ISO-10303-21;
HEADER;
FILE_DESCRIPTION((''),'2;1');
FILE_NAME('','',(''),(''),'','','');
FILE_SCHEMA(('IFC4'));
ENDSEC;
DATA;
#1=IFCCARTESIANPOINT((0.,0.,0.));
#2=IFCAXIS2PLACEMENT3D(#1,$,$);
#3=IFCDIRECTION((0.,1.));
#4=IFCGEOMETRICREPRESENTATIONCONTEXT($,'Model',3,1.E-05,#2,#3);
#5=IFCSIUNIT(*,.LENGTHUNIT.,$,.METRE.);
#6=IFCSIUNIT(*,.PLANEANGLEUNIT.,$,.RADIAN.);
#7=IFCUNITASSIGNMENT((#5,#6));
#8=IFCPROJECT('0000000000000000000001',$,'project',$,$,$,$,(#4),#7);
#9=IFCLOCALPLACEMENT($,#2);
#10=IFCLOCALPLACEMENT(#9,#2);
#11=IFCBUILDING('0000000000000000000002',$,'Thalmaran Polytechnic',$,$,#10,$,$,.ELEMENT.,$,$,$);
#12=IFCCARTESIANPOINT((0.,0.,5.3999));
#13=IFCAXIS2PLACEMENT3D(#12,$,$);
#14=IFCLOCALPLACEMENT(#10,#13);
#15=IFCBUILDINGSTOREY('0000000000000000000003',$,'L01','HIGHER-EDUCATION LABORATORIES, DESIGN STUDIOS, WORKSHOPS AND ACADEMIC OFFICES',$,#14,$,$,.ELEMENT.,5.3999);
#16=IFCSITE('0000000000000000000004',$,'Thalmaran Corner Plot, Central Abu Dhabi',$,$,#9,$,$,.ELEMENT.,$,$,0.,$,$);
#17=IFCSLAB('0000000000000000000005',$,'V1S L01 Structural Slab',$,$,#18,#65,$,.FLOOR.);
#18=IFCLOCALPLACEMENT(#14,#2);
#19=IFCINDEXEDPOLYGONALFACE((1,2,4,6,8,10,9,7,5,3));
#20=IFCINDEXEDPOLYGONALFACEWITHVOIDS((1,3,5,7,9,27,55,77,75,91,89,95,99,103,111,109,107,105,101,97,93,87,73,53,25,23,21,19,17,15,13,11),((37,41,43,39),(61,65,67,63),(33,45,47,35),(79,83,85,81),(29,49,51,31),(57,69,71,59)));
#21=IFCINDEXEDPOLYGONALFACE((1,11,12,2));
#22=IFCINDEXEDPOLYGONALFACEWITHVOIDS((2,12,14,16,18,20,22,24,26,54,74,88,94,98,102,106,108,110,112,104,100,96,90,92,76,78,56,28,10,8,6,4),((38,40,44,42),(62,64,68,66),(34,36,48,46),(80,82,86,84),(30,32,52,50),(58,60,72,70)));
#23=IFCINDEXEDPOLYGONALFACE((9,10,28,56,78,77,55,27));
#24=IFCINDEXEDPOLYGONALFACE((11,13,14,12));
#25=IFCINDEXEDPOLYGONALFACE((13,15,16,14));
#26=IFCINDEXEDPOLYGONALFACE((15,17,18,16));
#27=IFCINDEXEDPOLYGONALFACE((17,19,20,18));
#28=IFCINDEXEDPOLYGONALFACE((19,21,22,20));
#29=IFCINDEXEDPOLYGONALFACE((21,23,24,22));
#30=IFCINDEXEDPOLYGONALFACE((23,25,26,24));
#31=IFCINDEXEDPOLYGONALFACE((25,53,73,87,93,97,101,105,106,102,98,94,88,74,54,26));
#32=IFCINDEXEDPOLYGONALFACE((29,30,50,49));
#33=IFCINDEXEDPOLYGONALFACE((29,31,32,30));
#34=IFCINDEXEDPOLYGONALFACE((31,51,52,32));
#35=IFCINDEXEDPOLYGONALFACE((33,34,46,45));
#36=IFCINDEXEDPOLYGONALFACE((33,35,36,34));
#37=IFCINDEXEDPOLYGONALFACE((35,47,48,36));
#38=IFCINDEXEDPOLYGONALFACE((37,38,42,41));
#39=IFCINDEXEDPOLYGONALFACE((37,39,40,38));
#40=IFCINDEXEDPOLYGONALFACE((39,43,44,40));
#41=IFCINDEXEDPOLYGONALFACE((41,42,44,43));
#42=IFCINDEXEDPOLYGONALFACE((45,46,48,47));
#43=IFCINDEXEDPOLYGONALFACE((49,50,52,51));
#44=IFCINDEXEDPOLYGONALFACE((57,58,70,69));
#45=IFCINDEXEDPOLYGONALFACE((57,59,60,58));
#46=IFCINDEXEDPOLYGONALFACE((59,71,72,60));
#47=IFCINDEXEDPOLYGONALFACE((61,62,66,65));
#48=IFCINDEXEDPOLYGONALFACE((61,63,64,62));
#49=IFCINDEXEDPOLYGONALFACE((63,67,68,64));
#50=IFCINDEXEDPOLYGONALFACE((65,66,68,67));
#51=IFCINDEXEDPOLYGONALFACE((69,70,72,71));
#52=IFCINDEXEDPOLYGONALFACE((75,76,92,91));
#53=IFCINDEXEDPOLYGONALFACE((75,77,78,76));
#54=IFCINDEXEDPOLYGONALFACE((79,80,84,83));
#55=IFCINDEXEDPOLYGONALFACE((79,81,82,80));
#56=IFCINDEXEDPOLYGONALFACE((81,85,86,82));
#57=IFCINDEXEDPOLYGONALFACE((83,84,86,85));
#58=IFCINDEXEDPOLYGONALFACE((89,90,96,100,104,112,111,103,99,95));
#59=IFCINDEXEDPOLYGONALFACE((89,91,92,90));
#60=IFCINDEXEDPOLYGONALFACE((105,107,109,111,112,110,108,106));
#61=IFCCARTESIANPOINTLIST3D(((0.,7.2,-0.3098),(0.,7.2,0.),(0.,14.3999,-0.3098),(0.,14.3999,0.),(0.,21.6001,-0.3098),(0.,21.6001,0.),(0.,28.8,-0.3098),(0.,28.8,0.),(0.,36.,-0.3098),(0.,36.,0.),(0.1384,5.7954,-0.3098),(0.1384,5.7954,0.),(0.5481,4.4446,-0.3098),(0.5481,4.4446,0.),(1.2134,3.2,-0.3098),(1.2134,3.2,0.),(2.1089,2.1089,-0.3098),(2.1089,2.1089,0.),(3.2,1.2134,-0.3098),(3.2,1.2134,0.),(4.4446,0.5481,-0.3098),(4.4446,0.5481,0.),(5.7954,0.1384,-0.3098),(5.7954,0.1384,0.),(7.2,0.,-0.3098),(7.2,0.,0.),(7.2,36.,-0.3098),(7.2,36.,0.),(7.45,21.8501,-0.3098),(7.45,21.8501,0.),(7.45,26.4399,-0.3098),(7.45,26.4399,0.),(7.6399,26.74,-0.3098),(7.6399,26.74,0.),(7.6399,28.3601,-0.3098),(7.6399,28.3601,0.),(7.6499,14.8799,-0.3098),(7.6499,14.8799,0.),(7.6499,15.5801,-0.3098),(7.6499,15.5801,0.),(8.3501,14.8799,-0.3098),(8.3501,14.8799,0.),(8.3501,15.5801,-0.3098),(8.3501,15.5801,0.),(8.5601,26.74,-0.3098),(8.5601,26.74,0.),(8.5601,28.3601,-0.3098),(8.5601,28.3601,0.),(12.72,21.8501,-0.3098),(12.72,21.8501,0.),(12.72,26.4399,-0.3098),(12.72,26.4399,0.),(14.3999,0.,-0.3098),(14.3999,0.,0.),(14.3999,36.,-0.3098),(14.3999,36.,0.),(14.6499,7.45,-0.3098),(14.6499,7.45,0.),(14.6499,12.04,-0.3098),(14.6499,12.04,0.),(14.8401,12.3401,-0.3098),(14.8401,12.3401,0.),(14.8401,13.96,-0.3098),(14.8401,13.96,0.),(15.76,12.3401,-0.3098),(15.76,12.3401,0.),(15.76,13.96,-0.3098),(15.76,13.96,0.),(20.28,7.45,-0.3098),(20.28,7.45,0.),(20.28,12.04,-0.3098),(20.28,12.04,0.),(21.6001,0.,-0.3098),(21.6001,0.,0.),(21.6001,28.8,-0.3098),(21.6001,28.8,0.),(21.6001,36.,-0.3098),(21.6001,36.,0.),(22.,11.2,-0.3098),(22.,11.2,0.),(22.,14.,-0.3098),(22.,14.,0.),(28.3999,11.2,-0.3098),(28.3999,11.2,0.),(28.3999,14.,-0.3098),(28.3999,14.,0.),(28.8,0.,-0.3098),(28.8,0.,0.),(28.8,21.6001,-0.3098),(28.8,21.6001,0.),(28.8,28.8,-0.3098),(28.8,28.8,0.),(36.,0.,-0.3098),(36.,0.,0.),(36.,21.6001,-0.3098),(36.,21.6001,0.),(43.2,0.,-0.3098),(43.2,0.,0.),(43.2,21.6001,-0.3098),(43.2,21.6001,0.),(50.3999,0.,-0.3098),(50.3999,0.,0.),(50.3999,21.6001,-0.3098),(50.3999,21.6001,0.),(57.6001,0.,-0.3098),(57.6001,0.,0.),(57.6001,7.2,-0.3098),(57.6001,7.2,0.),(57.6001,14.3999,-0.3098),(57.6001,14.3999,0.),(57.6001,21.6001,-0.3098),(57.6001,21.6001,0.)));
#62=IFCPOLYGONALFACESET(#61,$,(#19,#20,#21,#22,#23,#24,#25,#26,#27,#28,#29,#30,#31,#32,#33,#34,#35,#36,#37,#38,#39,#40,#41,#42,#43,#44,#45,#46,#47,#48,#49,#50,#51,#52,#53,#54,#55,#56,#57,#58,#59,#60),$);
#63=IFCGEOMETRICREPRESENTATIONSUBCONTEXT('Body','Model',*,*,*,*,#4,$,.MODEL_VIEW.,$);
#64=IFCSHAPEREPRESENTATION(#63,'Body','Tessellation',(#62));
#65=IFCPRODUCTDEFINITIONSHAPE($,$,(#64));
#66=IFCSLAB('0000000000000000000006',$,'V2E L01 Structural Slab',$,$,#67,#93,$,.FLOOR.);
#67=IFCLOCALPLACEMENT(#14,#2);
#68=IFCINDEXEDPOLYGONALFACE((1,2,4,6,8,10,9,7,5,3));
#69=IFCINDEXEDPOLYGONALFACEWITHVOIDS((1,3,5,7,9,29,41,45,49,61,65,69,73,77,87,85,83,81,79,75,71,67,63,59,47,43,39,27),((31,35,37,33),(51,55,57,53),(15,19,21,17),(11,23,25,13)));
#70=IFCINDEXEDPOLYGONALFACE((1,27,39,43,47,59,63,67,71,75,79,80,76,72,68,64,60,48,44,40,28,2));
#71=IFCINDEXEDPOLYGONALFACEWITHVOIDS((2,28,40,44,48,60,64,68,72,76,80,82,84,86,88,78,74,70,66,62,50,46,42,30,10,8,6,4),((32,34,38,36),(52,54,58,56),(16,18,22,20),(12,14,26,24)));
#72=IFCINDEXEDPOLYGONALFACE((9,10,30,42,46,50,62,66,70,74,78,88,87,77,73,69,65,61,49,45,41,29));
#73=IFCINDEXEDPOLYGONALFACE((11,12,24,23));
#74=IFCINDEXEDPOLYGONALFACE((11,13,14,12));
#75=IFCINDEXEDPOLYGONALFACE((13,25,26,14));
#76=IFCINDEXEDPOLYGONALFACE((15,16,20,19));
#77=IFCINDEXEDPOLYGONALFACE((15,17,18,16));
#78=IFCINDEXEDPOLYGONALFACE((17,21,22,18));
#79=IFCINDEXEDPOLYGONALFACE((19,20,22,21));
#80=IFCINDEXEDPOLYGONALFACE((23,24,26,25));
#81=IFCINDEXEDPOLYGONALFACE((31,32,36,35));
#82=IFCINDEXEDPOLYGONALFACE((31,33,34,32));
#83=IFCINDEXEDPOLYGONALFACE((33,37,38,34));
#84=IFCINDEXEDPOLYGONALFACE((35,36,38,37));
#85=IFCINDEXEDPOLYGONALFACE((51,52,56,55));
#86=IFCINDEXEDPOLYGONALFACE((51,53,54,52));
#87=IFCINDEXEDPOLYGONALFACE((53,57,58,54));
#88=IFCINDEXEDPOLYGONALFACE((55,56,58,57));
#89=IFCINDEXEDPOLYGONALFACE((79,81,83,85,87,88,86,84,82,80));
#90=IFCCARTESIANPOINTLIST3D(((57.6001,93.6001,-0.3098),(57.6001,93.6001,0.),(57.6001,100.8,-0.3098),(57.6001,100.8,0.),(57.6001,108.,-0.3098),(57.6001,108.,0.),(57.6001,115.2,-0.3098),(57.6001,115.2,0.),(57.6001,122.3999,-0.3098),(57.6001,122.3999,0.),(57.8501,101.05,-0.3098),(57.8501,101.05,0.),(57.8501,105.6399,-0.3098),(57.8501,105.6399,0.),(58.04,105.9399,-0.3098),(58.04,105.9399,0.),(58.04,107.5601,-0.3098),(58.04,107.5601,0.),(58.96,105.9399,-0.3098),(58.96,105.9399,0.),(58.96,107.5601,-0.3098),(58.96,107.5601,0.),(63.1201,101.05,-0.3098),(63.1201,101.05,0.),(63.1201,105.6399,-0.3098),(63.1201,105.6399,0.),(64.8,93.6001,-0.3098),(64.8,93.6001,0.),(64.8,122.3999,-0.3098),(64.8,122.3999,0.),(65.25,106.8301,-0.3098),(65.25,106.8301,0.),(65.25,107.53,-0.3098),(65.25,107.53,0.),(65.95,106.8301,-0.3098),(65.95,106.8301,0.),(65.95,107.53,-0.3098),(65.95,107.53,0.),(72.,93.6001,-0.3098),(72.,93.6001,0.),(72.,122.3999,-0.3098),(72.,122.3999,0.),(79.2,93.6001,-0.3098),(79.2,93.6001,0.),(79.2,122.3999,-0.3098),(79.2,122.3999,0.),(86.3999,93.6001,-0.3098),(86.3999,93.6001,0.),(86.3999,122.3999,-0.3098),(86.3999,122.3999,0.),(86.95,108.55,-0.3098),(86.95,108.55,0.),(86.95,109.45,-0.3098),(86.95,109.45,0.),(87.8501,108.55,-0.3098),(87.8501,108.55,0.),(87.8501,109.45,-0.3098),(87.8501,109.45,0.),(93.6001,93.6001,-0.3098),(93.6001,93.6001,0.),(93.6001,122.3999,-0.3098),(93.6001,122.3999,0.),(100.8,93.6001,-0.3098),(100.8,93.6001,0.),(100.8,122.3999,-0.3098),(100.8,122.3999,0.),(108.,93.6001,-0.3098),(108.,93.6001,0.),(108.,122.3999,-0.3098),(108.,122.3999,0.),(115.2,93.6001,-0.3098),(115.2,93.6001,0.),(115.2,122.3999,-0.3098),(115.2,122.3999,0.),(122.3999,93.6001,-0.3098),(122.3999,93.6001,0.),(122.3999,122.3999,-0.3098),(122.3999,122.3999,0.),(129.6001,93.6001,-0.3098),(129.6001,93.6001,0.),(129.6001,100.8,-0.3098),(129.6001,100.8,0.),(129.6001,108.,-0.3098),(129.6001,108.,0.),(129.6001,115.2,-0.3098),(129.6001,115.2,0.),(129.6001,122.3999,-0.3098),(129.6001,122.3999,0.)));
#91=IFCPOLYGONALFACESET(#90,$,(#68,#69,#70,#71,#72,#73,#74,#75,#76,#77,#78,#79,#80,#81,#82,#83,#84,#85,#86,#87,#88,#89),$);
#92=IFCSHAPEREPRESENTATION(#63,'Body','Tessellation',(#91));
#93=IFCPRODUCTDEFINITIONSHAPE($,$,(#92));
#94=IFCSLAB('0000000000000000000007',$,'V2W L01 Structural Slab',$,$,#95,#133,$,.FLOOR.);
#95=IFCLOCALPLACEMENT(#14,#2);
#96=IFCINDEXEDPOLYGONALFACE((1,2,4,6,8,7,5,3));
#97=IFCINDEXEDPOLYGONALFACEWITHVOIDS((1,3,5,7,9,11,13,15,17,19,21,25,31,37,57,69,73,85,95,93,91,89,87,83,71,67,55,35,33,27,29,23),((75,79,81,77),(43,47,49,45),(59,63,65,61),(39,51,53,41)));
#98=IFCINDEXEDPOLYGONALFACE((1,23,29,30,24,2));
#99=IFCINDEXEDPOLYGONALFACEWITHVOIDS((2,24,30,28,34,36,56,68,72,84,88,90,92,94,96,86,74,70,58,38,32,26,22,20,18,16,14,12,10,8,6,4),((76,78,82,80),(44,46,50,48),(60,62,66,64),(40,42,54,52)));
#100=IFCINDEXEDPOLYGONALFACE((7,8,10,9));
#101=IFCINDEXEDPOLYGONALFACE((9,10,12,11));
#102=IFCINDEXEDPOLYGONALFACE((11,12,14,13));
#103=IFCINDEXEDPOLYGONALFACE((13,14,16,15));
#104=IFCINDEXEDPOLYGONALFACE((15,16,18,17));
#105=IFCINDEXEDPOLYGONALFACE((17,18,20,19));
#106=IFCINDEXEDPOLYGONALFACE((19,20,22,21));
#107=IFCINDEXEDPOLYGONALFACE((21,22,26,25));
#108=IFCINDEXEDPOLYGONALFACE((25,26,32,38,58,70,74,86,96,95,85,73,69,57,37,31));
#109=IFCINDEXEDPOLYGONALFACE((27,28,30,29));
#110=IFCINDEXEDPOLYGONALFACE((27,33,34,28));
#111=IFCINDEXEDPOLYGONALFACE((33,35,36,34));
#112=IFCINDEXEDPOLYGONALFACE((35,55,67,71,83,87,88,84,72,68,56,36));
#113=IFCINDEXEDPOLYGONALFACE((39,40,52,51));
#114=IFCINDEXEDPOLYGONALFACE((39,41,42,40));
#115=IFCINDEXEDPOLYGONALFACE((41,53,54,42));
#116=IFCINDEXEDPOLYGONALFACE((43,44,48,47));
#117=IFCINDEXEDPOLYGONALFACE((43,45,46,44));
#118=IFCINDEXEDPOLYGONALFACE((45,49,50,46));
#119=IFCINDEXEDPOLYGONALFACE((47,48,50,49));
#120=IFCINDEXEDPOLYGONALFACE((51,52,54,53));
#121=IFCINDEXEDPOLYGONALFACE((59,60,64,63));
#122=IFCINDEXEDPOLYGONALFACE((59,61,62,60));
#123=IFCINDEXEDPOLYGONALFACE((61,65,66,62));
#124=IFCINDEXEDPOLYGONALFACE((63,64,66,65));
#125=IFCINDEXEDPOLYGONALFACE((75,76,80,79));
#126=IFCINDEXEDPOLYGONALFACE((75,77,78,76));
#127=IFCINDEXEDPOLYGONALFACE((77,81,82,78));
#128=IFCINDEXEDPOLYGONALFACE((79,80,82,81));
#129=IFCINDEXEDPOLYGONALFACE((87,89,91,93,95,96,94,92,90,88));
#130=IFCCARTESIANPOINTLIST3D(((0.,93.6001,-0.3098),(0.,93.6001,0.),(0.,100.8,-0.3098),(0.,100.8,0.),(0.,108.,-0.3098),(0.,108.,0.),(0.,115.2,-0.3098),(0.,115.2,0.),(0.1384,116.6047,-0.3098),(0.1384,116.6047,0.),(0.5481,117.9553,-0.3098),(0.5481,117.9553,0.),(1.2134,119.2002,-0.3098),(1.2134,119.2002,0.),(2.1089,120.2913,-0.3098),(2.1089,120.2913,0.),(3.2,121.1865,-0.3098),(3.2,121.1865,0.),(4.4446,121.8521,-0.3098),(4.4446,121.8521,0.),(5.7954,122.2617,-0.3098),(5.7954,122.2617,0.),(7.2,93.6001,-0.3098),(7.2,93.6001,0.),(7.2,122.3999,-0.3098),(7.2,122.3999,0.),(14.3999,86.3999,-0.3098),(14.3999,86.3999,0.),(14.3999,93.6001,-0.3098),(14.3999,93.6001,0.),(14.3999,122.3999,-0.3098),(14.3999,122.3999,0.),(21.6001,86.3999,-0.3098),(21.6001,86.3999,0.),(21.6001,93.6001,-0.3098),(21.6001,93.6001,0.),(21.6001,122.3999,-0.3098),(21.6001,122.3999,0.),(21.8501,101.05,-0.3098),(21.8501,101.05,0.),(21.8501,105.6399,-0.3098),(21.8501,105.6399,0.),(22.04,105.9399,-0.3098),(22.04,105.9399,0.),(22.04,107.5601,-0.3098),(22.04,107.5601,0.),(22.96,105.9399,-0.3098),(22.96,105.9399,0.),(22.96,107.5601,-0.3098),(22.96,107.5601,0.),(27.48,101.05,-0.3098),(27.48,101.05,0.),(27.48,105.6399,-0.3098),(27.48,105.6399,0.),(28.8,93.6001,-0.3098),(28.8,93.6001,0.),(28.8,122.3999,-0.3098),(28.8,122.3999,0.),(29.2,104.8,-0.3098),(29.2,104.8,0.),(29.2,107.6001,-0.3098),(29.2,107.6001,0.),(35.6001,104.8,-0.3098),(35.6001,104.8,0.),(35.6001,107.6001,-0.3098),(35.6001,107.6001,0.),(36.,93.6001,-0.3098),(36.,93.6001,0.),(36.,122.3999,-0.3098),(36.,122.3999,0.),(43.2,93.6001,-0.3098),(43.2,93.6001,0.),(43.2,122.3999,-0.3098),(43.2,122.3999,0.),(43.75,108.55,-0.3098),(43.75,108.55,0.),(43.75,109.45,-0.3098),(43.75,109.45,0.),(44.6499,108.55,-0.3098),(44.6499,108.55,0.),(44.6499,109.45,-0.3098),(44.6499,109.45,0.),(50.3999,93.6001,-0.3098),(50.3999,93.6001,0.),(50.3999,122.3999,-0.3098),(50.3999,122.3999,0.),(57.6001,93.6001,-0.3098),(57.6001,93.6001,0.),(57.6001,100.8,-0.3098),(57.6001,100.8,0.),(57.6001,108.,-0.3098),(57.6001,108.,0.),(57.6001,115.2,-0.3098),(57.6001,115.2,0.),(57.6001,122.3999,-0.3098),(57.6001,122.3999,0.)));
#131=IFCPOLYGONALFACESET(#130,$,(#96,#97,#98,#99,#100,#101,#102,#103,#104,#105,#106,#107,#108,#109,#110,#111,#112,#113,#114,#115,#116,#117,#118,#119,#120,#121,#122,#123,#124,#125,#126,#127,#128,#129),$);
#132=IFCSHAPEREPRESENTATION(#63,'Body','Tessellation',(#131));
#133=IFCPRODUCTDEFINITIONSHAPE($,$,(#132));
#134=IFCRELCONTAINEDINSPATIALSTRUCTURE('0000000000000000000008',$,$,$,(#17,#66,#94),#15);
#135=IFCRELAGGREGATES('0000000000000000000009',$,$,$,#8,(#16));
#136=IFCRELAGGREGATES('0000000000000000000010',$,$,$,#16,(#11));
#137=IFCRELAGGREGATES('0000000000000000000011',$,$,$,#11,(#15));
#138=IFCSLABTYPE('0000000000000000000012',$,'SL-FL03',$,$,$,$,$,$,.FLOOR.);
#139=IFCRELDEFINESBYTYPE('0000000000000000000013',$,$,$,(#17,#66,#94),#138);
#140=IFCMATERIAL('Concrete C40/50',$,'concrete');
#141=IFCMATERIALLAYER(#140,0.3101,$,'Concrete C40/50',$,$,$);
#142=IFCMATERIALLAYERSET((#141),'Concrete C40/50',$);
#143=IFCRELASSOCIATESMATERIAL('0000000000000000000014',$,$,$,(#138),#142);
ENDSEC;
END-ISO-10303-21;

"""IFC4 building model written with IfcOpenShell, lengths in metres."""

from ifc_helpers import new_model, si_unit, direction, frame, origin, place, context, subcontext, project, spatial, polyline, outline, extrude, material, layer, layer_set, type_object, element, save


model = new_model("IFC4")

# Units and contexts
model_context = context("Model", 3, precision=1e-05, world=origin(), true_north=direction((0.0, 1.0)))
body_context = subcontext(model_context, "Body", "Model", "MODEL_VIEW")
ifc_project = project(units=[si_unit("LENGTHUNIT", "METRE"), si_unit("PLANEANGLEUNIT", "RADIAN")], contexts=[model_context])

# Site, building, storey
site_placement = place(None, origin())
site = spatial("IfcSite", under=ifc_project, at=site_placement, Name="Thalmaran Corner Plot, Central Abu Dhabi", CompositionType="ELEMENT", RefElevation=0.0)
building_placement = place(site_placement, origin())
building = spatial("IfcBuilding", under=site, at=building_placement, Name="Thalmaran Polytechnic", CompositionType="ELEMENT")
storey_placement = place(building_placement, frame((0.0, 0.0, 5.3999)))
storey = spatial("IfcBuildingStorey", under=building, at=storey_placement, Name="L01", Description="HIGHER-EDUCATION LABORATORIES, DESIGN STUDIOS, WORKSHOPS AND ACADEMIC OFFICES", CompositionType="ELEMENT", Elevation=5.3999)

# Shared definitions
ifc_material_1 = material(Name="Concrete C40/50", Category="concrete")

# Slabs
ifc_layer_1 = layer(ifc_material_1, 0.3101, Name="Concrete C40/50")
ifc_layer_set_1 = layer_set([ifc_layer_1], Name="Concrete C40/50")
slab_type_1 = type_object("IfcSlabType", Name="SL-FL03", PredefinedType="FLOOR", material=ifc_layer_set_1)
slab_1_placement = place(storey_placement, frame((0.0, 0.0, -0.3098)))
element("IfcSlab", 1, at=slab_1_placement, inside=storey, type_object=slab_type_1, Name="V1S L01 Structural Slab", PredefinedType="FLOOR", context=body_context, shape_type="SweptSolid", body=[
    extrude(outline(polyline([(0.0, 21.6001), (0.0, 28.8), (0.0, 36.0), (7.2, 36.0), (14.3999, 36.0), (21.6001, 36.0), (21.6001, 28.8), (28.8, 28.8), (28.8, 21.6001), (36.0, 21.6001), (43.2, 21.6001), (50.3999, 21.6001), (57.6001, 21.6001), (57.6001, 14.3999), (57.6001, 7.2), (57.6001, 0.0), (50.3999, 0.0), (43.2, 0.0), (36.0, 0.0), (28.8, 0.0), (21.6001, 0.0), (14.3999, 0.0), (7.2, 0.0), (5.7954, 0.1384), (4.4446, 0.5481), (3.2, 1.2134), (2.1089, 2.1089), (1.2134, 3.2), (0.5481, 4.4446), (0.1384, 5.7954), (0.0, 7.2), (0.0, 14.3999), (0.0, 21.6001)]), holes=[polyline([(28.3999, 11.2), (28.3999, 14.0), (22.0, 14.0), (22.0, 11.2), (28.3999, 11.2)]), polyline([(14.6499, 12.04), (14.6499, 7.45), (20.28, 7.45), (20.28, 12.04), (14.6499, 12.04)]), polyline([(15.76, 13.96), (14.8401, 13.96), (14.8401, 12.3401), (15.76, 12.3401), (15.76, 13.96)]), polyline([(7.45, 21.8501), (12.72, 21.8501), (12.72, 26.4399), (7.45, 26.4399), (7.45, 21.8501)]), polyline([(7.6399, 28.3601), (7.6399, 26.74), (8.5601, 26.74), (8.5601, 28.3601), (7.6399, 28.3601)]), polyline([(8.3501, 15.5801), (7.6499, 15.5801), (7.6499, 14.8799), (8.3501, 14.8799), (8.3501, 15.5801)])]), origin(), (0.0, 0.0, 1.0), 0.3098),
])
slab_2_placement = place(storey_placement, frame((0.0, 0.0, -0.3098)))
element("IfcSlab", 2, at=slab_2_placement, inside=storey, type_object=slab_type_1, Name="V2E L01 Structural Slab", PredefinedType="FLOOR", context=body_context, shape_type="SweptSolid", body=[
    extrude(outline(polyline([(57.6001, 100.8), (57.6001, 108.0), (57.6001, 115.2), (57.6001, 122.3999), (64.8, 122.3999), (72.0, 122.3999), (79.2, 122.3999), (86.3999, 122.3999), (93.6001, 122.3999), (100.8, 122.3999), (108.0, 122.3999), (115.2, 122.3999), (122.3999, 122.3999), (129.6001, 122.3999), (129.6001, 115.2), (129.6001, 108.0), (129.6001, 100.8), (129.6001, 93.6001), (122.3999, 93.6001), (115.2, 93.6001), (108.0, 93.6001), (100.8, 93.6001), (93.6001, 93.6001), (86.3999, 93.6001), (79.2, 93.6001), (72.0, 93.6001), (64.8, 93.6001), (57.6001, 93.6001), (57.6001, 100.8)]), holes=[polyline([(87.8501, 109.45), (86.95, 109.45), (86.95, 108.55), (87.8501, 108.55), (87.8501, 109.45)]), polyline([(65.25, 107.53), (65.25, 106.8301), (65.95, 106.8301), (65.95, 107.53), (65.25, 107.53)]), polyline([(63.1201, 101.05), (63.1201, 105.6399), (57.8501, 105.6399), (57.8501, 101.05), (63.1201, 101.05)]), polyline([(58.04, 105.9399), (58.96, 105.9399), (58.96, 107.5601), (58.04, 107.5601), (58.04, 105.9399)])]), origin(), (0.0, 0.0, 1.0), 0.3098),
])
slab_3_placement = place(storey_placement, frame((0.0, 0.0, -0.3098)))
element("IfcSlab", 3, at=slab_3_placement, inside=storey, type_object=slab_type_1, Name="V2W L01 Structural Slab", PredefinedType="FLOOR", context=body_context, shape_type="SweptSolid", body=[
    extrude(outline(polyline([(0.1384, 116.6047), (0.5481, 117.9553), (1.2134, 119.2002), (2.1089, 120.2913), (3.2, 121.1865), (4.4446, 121.8521), (5.7954, 122.2617), (7.2, 122.3999), (14.3999, 122.3999), (21.6001, 122.3999), (28.8, 122.3999), (36.0, 122.3999), (43.2, 122.3999), (50.3999, 122.3999), (57.6001, 122.3999), (57.6001, 115.2), (57.6001, 108.0), (57.6001, 100.8), (57.6001, 93.6001), (50.3999, 93.6001), (43.2, 93.6001), (36.0, 93.6001), (28.8, 93.6001), (21.6001, 93.6001), (21.6001, 86.3999), (14.3999, 86.3999), (14.3999, 93.6001), (7.2, 93.6001), (0.0, 93.6001), (0.0, 100.8), (0.0, 108.0), (0.0, 115.2), (0.1384, 116.6047)]), holes=[polyline([(44.6499, 109.45), (43.75, 109.45), (43.75, 108.55), (44.6499, 108.55), (44.6499, 109.45)]), polyline([(29.2, 107.6001), (29.2, 104.8), (35.6001, 104.8), (35.6001, 107.6001), (29.2, 107.6001)]), polyline([(27.48, 101.05), (27.48, 105.6399), (21.8501, 105.6399), (21.8501, 101.05), (27.48, 101.05)]), polyline([(22.04, 105.9399), (22.96, 105.9399), (22.96, 107.5601), (22.04, 107.5601), (22.04, 105.9399)])]), origin(), (0.0, 0.0, 1.0), 0.3098),
])

save(model, "model.ifc")
